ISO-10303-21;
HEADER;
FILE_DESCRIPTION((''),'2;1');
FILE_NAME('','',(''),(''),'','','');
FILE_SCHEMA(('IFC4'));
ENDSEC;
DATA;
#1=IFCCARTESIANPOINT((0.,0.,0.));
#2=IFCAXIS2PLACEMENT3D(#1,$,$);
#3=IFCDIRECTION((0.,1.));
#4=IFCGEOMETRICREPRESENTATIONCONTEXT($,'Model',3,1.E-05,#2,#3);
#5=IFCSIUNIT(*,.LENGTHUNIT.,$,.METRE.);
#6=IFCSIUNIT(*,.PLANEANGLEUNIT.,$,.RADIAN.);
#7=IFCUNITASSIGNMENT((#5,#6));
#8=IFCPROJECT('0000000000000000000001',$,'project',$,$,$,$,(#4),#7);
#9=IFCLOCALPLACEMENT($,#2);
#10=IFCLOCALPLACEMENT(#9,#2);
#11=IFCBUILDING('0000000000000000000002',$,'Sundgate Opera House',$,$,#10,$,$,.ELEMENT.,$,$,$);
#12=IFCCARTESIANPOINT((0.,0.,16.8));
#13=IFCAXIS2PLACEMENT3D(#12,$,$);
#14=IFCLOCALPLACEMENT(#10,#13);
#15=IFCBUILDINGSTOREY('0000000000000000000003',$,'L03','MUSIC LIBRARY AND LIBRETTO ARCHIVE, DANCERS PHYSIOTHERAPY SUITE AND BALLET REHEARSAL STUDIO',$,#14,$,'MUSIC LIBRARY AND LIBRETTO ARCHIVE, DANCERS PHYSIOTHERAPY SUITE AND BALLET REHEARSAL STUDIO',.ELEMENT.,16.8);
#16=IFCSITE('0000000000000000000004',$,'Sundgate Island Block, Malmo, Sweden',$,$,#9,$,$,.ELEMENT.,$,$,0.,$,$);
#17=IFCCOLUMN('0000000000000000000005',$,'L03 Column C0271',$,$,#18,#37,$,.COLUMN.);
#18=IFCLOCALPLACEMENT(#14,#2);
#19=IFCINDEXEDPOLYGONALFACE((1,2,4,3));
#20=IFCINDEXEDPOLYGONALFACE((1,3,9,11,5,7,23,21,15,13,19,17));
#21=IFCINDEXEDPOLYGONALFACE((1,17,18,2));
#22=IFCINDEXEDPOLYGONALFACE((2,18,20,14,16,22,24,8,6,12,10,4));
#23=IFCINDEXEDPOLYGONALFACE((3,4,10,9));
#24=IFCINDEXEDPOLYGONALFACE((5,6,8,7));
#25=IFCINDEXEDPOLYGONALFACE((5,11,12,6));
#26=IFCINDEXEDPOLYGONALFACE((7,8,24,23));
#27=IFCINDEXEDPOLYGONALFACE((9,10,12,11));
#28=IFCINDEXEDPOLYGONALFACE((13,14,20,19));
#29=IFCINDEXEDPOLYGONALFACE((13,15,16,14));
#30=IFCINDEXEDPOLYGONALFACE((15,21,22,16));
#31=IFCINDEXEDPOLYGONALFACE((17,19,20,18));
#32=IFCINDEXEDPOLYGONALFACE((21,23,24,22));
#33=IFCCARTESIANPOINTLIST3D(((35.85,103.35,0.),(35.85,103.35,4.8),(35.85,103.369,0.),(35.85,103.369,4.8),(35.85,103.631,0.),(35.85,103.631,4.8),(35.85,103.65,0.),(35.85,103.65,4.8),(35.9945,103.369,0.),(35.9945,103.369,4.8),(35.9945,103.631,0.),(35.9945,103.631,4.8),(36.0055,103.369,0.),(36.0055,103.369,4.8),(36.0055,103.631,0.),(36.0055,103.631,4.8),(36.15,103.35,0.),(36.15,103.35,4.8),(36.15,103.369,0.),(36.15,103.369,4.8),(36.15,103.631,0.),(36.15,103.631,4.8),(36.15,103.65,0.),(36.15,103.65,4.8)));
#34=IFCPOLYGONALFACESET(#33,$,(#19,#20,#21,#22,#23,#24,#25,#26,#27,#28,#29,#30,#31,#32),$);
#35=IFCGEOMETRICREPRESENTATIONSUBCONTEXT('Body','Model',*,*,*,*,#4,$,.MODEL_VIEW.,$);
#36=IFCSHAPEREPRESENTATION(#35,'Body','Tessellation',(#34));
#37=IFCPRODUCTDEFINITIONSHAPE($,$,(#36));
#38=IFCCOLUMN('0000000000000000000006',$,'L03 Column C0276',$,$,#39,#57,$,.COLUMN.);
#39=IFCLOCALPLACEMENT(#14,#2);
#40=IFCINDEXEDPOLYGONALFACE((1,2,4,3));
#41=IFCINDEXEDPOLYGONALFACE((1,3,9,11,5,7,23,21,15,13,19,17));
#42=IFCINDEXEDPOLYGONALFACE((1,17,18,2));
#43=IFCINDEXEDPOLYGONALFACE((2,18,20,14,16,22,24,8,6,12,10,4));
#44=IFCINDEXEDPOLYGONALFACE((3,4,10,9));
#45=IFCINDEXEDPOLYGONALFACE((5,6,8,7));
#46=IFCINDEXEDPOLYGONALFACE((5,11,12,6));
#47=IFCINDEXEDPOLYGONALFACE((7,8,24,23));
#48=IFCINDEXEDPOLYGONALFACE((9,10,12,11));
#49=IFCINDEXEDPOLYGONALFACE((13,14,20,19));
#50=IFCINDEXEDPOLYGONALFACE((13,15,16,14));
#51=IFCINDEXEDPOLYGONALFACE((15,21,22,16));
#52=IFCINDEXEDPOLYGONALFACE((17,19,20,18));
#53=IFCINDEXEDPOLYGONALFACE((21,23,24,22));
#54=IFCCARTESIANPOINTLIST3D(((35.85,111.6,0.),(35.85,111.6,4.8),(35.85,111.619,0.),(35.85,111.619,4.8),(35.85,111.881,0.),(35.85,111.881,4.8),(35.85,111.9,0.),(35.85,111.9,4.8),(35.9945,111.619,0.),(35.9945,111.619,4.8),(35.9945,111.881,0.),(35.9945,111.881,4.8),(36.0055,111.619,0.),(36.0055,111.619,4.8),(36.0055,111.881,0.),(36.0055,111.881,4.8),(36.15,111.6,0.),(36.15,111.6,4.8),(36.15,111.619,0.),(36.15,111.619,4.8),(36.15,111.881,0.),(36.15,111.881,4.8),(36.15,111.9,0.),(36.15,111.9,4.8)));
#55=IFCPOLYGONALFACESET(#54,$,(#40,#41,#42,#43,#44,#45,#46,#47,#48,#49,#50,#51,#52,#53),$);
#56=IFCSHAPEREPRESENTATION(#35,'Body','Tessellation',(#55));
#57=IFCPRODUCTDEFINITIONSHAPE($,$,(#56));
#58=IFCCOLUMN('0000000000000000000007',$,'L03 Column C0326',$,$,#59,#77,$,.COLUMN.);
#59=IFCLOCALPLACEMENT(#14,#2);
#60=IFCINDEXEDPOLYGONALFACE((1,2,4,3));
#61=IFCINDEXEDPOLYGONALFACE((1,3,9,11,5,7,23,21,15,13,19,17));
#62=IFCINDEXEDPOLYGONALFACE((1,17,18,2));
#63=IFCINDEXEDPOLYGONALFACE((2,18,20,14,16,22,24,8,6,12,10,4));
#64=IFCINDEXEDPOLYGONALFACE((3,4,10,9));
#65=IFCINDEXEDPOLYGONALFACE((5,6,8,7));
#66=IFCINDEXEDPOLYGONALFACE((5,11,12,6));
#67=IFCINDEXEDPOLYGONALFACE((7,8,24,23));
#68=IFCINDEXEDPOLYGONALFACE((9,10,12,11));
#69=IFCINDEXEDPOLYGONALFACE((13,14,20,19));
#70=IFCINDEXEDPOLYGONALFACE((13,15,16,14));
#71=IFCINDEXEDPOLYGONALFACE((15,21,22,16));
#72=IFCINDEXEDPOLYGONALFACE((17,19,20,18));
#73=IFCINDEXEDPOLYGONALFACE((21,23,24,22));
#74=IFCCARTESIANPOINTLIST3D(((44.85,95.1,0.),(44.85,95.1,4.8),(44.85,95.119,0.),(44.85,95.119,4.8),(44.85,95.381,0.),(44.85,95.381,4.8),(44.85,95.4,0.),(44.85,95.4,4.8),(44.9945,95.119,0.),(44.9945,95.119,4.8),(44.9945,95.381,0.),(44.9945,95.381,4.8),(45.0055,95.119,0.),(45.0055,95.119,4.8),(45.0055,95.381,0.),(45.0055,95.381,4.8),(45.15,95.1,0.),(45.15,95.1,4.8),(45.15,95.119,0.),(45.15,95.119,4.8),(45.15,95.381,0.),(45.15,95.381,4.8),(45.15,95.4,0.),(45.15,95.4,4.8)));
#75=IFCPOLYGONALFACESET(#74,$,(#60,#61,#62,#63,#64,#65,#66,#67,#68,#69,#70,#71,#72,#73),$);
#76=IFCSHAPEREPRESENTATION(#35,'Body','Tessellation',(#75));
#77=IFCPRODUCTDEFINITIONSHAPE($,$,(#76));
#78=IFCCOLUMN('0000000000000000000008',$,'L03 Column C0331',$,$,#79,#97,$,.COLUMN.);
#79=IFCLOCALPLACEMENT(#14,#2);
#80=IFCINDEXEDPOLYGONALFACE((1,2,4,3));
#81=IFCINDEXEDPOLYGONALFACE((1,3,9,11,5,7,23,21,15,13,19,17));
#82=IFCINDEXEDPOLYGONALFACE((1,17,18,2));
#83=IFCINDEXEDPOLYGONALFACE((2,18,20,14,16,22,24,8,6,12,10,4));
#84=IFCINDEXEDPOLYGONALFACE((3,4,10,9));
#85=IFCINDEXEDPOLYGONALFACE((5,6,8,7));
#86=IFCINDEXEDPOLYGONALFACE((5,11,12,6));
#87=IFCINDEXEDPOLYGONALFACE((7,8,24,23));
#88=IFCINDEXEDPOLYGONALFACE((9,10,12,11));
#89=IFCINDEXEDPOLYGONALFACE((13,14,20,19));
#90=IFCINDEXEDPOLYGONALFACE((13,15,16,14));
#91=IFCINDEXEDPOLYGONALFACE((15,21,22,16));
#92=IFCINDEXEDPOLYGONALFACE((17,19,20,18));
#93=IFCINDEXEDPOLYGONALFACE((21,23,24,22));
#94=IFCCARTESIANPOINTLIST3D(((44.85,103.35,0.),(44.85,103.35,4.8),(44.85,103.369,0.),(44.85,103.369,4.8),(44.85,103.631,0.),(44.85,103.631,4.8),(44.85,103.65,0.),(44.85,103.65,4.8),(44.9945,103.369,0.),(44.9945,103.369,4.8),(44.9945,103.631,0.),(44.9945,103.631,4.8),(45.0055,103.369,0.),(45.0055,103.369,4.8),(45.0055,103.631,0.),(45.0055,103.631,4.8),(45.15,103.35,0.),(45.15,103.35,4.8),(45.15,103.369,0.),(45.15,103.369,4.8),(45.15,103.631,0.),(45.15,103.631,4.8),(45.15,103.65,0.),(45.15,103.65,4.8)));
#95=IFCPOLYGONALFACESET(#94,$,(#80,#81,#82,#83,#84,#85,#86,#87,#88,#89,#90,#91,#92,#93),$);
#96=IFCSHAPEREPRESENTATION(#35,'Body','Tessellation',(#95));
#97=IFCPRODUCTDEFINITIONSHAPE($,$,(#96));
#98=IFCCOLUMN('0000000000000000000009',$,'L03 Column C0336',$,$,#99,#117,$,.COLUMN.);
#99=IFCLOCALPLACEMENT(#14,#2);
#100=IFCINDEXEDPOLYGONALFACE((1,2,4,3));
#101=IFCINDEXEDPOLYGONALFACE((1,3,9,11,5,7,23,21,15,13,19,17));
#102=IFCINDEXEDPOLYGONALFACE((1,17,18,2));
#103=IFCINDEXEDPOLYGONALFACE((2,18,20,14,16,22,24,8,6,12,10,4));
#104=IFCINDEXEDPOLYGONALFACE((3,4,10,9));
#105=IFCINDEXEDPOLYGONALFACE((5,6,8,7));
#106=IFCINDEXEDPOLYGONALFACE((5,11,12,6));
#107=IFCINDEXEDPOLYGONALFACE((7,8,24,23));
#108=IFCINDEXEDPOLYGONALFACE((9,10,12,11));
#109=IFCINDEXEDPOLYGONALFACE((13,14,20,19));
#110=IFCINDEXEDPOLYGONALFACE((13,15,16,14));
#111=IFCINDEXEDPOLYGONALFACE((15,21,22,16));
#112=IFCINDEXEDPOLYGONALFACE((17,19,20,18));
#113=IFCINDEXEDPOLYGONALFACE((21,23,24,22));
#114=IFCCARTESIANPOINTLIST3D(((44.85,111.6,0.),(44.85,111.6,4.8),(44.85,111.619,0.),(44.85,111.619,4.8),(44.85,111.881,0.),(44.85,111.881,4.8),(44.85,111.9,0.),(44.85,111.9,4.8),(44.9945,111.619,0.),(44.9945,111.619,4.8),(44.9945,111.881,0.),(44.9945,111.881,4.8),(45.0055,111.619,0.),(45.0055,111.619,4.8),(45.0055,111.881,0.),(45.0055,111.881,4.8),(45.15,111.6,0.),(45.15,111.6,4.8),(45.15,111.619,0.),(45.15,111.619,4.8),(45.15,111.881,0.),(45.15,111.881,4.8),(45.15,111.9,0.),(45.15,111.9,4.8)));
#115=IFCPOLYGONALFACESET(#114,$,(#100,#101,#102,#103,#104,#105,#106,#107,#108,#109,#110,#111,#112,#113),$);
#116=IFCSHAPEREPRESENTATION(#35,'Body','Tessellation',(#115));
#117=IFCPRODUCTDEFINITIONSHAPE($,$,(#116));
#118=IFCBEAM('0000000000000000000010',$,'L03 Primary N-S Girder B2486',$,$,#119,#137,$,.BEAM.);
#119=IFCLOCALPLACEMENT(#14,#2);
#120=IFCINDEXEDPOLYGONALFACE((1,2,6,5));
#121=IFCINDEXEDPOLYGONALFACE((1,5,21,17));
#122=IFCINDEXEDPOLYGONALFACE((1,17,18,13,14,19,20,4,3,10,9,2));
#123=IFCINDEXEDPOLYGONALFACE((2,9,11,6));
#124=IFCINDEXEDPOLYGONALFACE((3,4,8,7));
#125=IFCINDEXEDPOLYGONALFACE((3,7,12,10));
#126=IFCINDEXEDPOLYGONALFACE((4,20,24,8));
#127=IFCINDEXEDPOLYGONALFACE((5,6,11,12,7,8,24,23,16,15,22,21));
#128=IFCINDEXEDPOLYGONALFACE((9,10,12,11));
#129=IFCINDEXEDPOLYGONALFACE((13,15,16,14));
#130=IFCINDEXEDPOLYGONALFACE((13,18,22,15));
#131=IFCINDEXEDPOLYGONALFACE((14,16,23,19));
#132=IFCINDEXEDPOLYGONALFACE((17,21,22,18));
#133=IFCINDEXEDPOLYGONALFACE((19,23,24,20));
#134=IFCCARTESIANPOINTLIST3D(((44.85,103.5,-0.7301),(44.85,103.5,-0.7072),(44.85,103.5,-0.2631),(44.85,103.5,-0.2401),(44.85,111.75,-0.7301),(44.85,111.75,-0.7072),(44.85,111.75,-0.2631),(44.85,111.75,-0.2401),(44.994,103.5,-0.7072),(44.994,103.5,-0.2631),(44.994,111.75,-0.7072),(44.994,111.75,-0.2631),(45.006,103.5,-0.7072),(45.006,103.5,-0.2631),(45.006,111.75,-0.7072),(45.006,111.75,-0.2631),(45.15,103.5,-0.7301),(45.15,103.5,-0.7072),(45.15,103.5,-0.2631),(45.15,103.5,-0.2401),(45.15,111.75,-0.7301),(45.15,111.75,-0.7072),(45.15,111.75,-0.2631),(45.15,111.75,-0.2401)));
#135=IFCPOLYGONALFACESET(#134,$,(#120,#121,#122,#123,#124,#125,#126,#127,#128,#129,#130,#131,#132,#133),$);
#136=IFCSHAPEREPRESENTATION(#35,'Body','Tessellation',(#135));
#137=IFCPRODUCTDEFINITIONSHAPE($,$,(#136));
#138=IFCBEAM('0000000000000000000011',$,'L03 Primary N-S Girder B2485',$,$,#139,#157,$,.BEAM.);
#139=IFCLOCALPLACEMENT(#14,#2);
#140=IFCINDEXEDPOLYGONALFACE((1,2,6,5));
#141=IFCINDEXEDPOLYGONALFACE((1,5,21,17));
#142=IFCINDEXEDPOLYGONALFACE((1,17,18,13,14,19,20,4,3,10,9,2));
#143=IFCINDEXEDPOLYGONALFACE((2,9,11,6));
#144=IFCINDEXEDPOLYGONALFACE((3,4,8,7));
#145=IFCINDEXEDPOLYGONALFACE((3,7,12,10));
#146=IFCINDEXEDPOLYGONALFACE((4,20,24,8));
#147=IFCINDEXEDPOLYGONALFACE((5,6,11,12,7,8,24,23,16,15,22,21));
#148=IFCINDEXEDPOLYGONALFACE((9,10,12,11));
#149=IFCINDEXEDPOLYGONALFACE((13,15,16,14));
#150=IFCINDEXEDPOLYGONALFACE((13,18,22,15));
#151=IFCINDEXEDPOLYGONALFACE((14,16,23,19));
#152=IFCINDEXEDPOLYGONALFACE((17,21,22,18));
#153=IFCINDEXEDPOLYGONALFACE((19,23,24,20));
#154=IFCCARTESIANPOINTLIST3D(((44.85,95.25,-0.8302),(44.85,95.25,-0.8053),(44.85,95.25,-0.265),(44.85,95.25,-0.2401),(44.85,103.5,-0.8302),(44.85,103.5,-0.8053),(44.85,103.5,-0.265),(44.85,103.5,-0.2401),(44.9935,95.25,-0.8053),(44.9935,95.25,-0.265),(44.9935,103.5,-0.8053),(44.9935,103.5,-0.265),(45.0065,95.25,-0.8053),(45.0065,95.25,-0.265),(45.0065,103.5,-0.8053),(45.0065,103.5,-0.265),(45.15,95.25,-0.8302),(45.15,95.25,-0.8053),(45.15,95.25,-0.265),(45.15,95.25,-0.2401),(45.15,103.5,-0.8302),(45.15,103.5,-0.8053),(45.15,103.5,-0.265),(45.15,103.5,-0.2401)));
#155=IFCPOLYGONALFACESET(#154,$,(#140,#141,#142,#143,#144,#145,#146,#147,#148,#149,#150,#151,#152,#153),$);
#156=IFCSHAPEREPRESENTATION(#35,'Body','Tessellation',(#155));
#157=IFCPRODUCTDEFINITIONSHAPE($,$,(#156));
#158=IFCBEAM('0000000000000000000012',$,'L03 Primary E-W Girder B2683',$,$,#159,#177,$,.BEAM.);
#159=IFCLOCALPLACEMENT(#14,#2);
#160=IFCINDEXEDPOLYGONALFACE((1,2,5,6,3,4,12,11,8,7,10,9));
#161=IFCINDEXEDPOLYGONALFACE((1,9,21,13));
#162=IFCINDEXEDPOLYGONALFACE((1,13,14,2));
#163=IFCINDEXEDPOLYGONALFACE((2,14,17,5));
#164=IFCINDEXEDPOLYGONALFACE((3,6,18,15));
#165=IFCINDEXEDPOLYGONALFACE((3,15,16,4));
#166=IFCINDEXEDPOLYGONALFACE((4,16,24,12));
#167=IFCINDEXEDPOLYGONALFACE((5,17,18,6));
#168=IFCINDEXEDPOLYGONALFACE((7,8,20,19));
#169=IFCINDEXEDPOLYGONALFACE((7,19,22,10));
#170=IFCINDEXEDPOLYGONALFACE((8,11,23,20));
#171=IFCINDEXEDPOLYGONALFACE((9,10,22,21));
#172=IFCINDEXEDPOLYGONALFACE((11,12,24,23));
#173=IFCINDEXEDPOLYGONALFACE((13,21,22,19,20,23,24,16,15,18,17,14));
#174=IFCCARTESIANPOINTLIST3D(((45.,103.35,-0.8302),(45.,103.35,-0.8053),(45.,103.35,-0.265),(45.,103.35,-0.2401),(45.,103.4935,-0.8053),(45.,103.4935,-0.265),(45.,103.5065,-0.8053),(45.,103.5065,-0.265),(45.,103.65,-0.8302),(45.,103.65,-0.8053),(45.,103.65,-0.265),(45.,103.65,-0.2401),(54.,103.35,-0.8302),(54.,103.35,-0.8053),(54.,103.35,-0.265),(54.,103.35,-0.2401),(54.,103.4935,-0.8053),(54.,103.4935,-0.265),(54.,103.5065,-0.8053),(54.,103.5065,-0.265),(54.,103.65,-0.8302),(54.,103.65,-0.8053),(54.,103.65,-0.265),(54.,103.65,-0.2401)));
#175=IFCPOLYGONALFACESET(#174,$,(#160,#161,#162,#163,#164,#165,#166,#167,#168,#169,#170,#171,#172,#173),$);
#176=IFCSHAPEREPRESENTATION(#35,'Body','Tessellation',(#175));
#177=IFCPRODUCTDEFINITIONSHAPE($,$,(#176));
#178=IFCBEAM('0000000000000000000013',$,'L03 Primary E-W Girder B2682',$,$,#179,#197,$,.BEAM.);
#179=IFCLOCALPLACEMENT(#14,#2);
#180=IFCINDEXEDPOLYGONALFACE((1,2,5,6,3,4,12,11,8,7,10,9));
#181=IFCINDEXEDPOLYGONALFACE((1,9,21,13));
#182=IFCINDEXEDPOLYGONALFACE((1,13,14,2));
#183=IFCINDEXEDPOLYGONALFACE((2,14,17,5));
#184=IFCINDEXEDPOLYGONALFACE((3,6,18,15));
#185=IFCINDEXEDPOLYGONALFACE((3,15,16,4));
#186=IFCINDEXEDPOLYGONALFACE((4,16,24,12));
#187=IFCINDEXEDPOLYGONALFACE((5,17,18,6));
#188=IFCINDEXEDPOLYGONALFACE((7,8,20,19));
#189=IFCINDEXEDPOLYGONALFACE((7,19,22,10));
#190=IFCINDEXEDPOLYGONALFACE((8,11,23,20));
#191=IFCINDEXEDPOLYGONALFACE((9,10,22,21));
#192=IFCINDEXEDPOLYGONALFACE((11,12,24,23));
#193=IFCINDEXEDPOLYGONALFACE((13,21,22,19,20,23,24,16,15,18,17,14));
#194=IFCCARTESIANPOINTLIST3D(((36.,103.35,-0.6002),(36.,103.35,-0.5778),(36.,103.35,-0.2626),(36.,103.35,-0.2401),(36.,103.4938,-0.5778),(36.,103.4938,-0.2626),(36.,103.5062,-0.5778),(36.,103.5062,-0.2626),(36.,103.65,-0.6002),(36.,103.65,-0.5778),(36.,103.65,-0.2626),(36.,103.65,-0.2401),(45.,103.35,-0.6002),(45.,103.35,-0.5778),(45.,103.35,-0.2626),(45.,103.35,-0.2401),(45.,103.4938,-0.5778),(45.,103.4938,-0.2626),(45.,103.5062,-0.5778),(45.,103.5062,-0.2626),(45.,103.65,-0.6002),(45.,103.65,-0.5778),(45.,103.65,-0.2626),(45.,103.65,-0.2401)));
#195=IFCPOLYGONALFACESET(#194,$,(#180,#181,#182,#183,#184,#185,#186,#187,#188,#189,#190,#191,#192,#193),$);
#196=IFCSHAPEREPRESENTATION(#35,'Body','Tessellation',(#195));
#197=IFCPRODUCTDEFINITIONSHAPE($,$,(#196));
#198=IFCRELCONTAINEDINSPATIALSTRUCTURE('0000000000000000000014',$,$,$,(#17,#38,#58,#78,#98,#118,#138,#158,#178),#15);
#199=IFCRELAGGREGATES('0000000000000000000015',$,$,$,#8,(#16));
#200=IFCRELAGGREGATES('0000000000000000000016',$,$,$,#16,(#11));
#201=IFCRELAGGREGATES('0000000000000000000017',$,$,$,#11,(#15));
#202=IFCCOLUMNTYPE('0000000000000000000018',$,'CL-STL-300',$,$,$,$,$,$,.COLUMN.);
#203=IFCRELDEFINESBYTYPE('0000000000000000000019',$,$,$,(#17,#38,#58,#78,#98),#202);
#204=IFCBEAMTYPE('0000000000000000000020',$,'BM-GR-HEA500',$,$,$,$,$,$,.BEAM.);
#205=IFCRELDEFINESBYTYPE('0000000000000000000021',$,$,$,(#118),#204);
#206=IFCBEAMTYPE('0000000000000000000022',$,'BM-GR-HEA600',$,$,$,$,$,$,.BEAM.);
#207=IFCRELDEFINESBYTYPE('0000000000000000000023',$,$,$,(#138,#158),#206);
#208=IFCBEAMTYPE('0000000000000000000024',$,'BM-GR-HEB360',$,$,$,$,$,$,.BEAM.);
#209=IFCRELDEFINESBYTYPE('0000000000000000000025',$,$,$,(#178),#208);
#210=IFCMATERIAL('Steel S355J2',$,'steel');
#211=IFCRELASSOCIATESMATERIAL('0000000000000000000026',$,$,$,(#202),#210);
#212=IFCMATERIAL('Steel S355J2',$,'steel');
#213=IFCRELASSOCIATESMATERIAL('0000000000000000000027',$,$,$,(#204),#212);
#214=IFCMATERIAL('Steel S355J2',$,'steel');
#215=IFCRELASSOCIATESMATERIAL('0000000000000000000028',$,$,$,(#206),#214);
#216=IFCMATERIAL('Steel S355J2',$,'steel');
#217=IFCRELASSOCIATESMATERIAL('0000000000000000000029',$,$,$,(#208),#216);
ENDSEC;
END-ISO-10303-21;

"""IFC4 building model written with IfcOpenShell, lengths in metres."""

from ifc_helpers import new_model, si_unit, direction, frame, origin, origin_2d, place, context, subcontext, project, spatial, i_section, extrude, material, material_profile, profile_set, type_object, element, save


model = new_model("IFC4")

# Units and contexts
model_context = context("Model", 3, precision=1e-05, world=origin(), true_north=direction((0.0, 1.0)))
body_context = subcontext(model_context, "Body", "Model", "MODEL_VIEW")
ifc_project = project(units=[si_unit("LENGTHUNIT", "METRE"), si_unit("PLANEANGLEUNIT", "RADIAN")], contexts=[model_context])

# Site, building, storey
site_placement = place(None, origin())
site = spatial("IfcSite", under=ifc_project, at=site_placement, Name="Sundgate Island Block, Malmo, Sweden", CompositionType="ELEMENT", RefElevation=0.0)
building_placement = place(site_placement, origin())
building = spatial("IfcBuilding", under=site, at=building_placement, Name="Sundgate Opera House", CompositionType="ELEMENT")
storey_placement = place(building_placement, frame((0.0, 0.0, 16.8)))
storey = spatial("IfcBuildingStorey", under=building, at=storey_placement, Name="L03", Description="MUSIC LIBRARY AND LIBRETTO ARCHIVE, DANCERS PHYSIOTHERAPY SUITE AND BALLET REHEARSAL STUDIO", LongName="MUSIC LIBRARY AND LIBRETTO ARCHIVE, DANCERS PHYSIOTHERAPY SUITE AND BALLET REHEARSAL STUDIO", CompositionType="ELEMENT", Elevation=16.8)

# Columns
ifc_material_1 = material(Name="Steel S355J2", Category="steel")
ifc_material_profile_1 = material_profile(ifc_material_1, i_section(OverallWidth=0.3, OverallDepth=0.3, WebThickness=0.011, FlangeThickness=0.019, at=origin_2d()), Name="HEB 300")
ifc_profile_set_1 = profile_set([ifc_material_profile_1], Name="Steel S355J2")
column_type = type_object("IfcColumnType", Name="CL-STL-300", PredefinedType="COLUMN", material=ifc_profile_set_1)
for number, where, z_axis, x_axis, name in (
    (1, (36.0, 103.5, 0.0), (0.0, 0.0, 1.0), (1.0, 0.0, 0.0), "L03 Column C0271"),
    (2, (36.0, 111.75, 0.0), (0.0, 0.0, 1.0), (1.0, 0.0, 0.0), "L03 Column C0276"),
    (3, (45.0, 95.25, 0.0), (0.0, 0.0, 1.0), (1.0, 0.0, 0.0), "L03 Column C0326"),
    (4, (45.0, 103.5, 0.0), (0.0, 0.0, 1.0), (1.0, 0.0, 0.0), "L03 Column C0331"),
    (5, (45.0, 111.75, 0.0), (0.0, 0.0, 1.0), (1.0, 0.0, 0.0), "L03 Column C0336"),
):
    element("IfcColumn", number, at=place(storey_placement, frame(where, z_axis=z_axis, x_axis=x_axis)), inside=storey, type_object=column_type, Name=name, PredefinedType="COLUMN", context=body_context, shape_type="SweptSolid", body=[
        extrude(i_section(OverallWidth=0.3, OverallDepth=0.3, WebThickness=0.011, FlangeThickness=0.019, at=origin_2d()), origin(), (0.0, 0.0, 1.0), 4.8),
    ])

# Beams
ifc_material_2 = material(Name="Steel S355J2", Category="steel")
ifc_material_profile_2 = material_profile(ifc_material_2, i_section(OverallWidth=0.3, OverallDepth=0.49, WebThickness=0.012, FlangeThickness=0.0229, at=origin_2d()), Name="HEA 500")
ifc_profile_set_2 = profile_set([ifc_material_profile_2], Name="Steel S355J2")
beam_type_1 = type_object("IfcBeamType", Name="BM-GR-HEA500", PredefinedType="BEAM", material=ifc_profile_set_2)
beam_1_placement = place(storey_placement, frame((45.0, 103.5, -0.4851), z_axis=(0.0, 1.0, 0.0), x_axis=(-1.0, 0.0, 0.0)))
element("IfcBeam", 6, at=beam_1_placement, inside=storey, type_object=beam_type_1, Name="L03 Primary N-S Girder B2486", PredefinedType="BEAM", context=body_context, shape_type="SweptSolid", body=[
    extrude(i_section(OverallWidth=0.3, OverallDepth=0.49, WebThickness=0.012, FlangeThickness=0.0229, at=origin_2d()), origin(), (0.0, 0.0, 1.0), 8.25),
])
ifc_material_3 = material(Name="Steel S355J2", Category="steel")
ifc_material_profile_3 = material_profile(ifc_material_3, i_section(OverallWidth=0.3, OverallDepth=0.5901, WebThickness=0.0129, FlangeThickness=0.0249, at=origin_2d()), Name="HEA 600")
ifc_profile_set_3 = profile_set([ifc_material_profile_3], Name="Steel S355J2")
beam_type_2 = type_object("IfcBeamType", Name="BM-GR-HEA600", PredefinedType="BEAM", material=ifc_profile_set_3)
beam_2_placement = place(storey_placement, frame((45.0, 95.25, -0.5352), z_axis=(0.0, 1.0, 0.0), x_axis=(-1.0, 0.0, 0.0)))
element("IfcBeam", 7, at=beam_2_placement, inside=storey, type_object=beam_type_2, Name="L03 Primary N-S Girder B2485", PredefinedType="BEAM", context=body_context, shape_type="SweptSolid", body=[
    extrude(i_section(OverallWidth=0.3, OverallDepth=0.5901, WebThickness=0.0129, FlangeThickness=0.0249, at=origin_2d()), origin(), (0.0, 0.0, 1.0), 8.25),
])
beam_3_placement = place(storey_placement, frame((45.0, 103.5, -0.5352), z_axis=(1.0, 0.0, 0.0), x_axis=(0.0, 1.0, 0.0)))
element("IfcBeam", 8, at=beam_3_placement, inside=storey, type_object=beam_type_2, Name="L03 Primary E-W Girder B2683", PredefinedType="BEAM", context=body_context, shape_type="SweptSolid", body=[
    extrude(i_section(OverallWidth=0.3, OverallDepth=0.5901, WebThickness=0.0129, FlangeThickness=0.0249, at=origin_2d()), origin(), (0.0, 0.0, 1.0), 9.0),
])
ifc_material_4 = material(Name="Steel S355J2", Category="steel")
ifc_material_profile_4 = material_profile(ifc_material_4, i_section(OverallWidth=0.3, OverallDepth=0.3601, WebThickness=0.0125, FlangeThickness=0.0225, at=origin_2d()), Name="HEB 360")
ifc_profile_set_4 = profile_set([ifc_material_profile_4], Name="Steel S355J2")
beam_type_3 = type_object("IfcBeamType", Name="BM-GR-HEB360", PredefinedType="BEAM", material=ifc_profile_set_4)
beam_4_placement = place(storey_placement, frame((36.0, 103.5, -0.4202), z_axis=(1.0, 0.0, 0.0), x_axis=(0.0, 1.0, 0.0)))
element("IfcBeam", 9, at=beam_4_placement, inside=storey, type_object=beam_type_3, Name="L03 Primary E-W Girder B2682", PredefinedType="BEAM", context=body_context, shape_type="SweptSolid", body=[
    extrude(i_section(OverallWidth=0.3, OverallDepth=0.3601, WebThickness=0.0125, FlangeThickness=0.0225, at=origin_2d()), origin(), (0.0, 0.0, 1.0), 9.0),
])

save(model, "model.ifc")
